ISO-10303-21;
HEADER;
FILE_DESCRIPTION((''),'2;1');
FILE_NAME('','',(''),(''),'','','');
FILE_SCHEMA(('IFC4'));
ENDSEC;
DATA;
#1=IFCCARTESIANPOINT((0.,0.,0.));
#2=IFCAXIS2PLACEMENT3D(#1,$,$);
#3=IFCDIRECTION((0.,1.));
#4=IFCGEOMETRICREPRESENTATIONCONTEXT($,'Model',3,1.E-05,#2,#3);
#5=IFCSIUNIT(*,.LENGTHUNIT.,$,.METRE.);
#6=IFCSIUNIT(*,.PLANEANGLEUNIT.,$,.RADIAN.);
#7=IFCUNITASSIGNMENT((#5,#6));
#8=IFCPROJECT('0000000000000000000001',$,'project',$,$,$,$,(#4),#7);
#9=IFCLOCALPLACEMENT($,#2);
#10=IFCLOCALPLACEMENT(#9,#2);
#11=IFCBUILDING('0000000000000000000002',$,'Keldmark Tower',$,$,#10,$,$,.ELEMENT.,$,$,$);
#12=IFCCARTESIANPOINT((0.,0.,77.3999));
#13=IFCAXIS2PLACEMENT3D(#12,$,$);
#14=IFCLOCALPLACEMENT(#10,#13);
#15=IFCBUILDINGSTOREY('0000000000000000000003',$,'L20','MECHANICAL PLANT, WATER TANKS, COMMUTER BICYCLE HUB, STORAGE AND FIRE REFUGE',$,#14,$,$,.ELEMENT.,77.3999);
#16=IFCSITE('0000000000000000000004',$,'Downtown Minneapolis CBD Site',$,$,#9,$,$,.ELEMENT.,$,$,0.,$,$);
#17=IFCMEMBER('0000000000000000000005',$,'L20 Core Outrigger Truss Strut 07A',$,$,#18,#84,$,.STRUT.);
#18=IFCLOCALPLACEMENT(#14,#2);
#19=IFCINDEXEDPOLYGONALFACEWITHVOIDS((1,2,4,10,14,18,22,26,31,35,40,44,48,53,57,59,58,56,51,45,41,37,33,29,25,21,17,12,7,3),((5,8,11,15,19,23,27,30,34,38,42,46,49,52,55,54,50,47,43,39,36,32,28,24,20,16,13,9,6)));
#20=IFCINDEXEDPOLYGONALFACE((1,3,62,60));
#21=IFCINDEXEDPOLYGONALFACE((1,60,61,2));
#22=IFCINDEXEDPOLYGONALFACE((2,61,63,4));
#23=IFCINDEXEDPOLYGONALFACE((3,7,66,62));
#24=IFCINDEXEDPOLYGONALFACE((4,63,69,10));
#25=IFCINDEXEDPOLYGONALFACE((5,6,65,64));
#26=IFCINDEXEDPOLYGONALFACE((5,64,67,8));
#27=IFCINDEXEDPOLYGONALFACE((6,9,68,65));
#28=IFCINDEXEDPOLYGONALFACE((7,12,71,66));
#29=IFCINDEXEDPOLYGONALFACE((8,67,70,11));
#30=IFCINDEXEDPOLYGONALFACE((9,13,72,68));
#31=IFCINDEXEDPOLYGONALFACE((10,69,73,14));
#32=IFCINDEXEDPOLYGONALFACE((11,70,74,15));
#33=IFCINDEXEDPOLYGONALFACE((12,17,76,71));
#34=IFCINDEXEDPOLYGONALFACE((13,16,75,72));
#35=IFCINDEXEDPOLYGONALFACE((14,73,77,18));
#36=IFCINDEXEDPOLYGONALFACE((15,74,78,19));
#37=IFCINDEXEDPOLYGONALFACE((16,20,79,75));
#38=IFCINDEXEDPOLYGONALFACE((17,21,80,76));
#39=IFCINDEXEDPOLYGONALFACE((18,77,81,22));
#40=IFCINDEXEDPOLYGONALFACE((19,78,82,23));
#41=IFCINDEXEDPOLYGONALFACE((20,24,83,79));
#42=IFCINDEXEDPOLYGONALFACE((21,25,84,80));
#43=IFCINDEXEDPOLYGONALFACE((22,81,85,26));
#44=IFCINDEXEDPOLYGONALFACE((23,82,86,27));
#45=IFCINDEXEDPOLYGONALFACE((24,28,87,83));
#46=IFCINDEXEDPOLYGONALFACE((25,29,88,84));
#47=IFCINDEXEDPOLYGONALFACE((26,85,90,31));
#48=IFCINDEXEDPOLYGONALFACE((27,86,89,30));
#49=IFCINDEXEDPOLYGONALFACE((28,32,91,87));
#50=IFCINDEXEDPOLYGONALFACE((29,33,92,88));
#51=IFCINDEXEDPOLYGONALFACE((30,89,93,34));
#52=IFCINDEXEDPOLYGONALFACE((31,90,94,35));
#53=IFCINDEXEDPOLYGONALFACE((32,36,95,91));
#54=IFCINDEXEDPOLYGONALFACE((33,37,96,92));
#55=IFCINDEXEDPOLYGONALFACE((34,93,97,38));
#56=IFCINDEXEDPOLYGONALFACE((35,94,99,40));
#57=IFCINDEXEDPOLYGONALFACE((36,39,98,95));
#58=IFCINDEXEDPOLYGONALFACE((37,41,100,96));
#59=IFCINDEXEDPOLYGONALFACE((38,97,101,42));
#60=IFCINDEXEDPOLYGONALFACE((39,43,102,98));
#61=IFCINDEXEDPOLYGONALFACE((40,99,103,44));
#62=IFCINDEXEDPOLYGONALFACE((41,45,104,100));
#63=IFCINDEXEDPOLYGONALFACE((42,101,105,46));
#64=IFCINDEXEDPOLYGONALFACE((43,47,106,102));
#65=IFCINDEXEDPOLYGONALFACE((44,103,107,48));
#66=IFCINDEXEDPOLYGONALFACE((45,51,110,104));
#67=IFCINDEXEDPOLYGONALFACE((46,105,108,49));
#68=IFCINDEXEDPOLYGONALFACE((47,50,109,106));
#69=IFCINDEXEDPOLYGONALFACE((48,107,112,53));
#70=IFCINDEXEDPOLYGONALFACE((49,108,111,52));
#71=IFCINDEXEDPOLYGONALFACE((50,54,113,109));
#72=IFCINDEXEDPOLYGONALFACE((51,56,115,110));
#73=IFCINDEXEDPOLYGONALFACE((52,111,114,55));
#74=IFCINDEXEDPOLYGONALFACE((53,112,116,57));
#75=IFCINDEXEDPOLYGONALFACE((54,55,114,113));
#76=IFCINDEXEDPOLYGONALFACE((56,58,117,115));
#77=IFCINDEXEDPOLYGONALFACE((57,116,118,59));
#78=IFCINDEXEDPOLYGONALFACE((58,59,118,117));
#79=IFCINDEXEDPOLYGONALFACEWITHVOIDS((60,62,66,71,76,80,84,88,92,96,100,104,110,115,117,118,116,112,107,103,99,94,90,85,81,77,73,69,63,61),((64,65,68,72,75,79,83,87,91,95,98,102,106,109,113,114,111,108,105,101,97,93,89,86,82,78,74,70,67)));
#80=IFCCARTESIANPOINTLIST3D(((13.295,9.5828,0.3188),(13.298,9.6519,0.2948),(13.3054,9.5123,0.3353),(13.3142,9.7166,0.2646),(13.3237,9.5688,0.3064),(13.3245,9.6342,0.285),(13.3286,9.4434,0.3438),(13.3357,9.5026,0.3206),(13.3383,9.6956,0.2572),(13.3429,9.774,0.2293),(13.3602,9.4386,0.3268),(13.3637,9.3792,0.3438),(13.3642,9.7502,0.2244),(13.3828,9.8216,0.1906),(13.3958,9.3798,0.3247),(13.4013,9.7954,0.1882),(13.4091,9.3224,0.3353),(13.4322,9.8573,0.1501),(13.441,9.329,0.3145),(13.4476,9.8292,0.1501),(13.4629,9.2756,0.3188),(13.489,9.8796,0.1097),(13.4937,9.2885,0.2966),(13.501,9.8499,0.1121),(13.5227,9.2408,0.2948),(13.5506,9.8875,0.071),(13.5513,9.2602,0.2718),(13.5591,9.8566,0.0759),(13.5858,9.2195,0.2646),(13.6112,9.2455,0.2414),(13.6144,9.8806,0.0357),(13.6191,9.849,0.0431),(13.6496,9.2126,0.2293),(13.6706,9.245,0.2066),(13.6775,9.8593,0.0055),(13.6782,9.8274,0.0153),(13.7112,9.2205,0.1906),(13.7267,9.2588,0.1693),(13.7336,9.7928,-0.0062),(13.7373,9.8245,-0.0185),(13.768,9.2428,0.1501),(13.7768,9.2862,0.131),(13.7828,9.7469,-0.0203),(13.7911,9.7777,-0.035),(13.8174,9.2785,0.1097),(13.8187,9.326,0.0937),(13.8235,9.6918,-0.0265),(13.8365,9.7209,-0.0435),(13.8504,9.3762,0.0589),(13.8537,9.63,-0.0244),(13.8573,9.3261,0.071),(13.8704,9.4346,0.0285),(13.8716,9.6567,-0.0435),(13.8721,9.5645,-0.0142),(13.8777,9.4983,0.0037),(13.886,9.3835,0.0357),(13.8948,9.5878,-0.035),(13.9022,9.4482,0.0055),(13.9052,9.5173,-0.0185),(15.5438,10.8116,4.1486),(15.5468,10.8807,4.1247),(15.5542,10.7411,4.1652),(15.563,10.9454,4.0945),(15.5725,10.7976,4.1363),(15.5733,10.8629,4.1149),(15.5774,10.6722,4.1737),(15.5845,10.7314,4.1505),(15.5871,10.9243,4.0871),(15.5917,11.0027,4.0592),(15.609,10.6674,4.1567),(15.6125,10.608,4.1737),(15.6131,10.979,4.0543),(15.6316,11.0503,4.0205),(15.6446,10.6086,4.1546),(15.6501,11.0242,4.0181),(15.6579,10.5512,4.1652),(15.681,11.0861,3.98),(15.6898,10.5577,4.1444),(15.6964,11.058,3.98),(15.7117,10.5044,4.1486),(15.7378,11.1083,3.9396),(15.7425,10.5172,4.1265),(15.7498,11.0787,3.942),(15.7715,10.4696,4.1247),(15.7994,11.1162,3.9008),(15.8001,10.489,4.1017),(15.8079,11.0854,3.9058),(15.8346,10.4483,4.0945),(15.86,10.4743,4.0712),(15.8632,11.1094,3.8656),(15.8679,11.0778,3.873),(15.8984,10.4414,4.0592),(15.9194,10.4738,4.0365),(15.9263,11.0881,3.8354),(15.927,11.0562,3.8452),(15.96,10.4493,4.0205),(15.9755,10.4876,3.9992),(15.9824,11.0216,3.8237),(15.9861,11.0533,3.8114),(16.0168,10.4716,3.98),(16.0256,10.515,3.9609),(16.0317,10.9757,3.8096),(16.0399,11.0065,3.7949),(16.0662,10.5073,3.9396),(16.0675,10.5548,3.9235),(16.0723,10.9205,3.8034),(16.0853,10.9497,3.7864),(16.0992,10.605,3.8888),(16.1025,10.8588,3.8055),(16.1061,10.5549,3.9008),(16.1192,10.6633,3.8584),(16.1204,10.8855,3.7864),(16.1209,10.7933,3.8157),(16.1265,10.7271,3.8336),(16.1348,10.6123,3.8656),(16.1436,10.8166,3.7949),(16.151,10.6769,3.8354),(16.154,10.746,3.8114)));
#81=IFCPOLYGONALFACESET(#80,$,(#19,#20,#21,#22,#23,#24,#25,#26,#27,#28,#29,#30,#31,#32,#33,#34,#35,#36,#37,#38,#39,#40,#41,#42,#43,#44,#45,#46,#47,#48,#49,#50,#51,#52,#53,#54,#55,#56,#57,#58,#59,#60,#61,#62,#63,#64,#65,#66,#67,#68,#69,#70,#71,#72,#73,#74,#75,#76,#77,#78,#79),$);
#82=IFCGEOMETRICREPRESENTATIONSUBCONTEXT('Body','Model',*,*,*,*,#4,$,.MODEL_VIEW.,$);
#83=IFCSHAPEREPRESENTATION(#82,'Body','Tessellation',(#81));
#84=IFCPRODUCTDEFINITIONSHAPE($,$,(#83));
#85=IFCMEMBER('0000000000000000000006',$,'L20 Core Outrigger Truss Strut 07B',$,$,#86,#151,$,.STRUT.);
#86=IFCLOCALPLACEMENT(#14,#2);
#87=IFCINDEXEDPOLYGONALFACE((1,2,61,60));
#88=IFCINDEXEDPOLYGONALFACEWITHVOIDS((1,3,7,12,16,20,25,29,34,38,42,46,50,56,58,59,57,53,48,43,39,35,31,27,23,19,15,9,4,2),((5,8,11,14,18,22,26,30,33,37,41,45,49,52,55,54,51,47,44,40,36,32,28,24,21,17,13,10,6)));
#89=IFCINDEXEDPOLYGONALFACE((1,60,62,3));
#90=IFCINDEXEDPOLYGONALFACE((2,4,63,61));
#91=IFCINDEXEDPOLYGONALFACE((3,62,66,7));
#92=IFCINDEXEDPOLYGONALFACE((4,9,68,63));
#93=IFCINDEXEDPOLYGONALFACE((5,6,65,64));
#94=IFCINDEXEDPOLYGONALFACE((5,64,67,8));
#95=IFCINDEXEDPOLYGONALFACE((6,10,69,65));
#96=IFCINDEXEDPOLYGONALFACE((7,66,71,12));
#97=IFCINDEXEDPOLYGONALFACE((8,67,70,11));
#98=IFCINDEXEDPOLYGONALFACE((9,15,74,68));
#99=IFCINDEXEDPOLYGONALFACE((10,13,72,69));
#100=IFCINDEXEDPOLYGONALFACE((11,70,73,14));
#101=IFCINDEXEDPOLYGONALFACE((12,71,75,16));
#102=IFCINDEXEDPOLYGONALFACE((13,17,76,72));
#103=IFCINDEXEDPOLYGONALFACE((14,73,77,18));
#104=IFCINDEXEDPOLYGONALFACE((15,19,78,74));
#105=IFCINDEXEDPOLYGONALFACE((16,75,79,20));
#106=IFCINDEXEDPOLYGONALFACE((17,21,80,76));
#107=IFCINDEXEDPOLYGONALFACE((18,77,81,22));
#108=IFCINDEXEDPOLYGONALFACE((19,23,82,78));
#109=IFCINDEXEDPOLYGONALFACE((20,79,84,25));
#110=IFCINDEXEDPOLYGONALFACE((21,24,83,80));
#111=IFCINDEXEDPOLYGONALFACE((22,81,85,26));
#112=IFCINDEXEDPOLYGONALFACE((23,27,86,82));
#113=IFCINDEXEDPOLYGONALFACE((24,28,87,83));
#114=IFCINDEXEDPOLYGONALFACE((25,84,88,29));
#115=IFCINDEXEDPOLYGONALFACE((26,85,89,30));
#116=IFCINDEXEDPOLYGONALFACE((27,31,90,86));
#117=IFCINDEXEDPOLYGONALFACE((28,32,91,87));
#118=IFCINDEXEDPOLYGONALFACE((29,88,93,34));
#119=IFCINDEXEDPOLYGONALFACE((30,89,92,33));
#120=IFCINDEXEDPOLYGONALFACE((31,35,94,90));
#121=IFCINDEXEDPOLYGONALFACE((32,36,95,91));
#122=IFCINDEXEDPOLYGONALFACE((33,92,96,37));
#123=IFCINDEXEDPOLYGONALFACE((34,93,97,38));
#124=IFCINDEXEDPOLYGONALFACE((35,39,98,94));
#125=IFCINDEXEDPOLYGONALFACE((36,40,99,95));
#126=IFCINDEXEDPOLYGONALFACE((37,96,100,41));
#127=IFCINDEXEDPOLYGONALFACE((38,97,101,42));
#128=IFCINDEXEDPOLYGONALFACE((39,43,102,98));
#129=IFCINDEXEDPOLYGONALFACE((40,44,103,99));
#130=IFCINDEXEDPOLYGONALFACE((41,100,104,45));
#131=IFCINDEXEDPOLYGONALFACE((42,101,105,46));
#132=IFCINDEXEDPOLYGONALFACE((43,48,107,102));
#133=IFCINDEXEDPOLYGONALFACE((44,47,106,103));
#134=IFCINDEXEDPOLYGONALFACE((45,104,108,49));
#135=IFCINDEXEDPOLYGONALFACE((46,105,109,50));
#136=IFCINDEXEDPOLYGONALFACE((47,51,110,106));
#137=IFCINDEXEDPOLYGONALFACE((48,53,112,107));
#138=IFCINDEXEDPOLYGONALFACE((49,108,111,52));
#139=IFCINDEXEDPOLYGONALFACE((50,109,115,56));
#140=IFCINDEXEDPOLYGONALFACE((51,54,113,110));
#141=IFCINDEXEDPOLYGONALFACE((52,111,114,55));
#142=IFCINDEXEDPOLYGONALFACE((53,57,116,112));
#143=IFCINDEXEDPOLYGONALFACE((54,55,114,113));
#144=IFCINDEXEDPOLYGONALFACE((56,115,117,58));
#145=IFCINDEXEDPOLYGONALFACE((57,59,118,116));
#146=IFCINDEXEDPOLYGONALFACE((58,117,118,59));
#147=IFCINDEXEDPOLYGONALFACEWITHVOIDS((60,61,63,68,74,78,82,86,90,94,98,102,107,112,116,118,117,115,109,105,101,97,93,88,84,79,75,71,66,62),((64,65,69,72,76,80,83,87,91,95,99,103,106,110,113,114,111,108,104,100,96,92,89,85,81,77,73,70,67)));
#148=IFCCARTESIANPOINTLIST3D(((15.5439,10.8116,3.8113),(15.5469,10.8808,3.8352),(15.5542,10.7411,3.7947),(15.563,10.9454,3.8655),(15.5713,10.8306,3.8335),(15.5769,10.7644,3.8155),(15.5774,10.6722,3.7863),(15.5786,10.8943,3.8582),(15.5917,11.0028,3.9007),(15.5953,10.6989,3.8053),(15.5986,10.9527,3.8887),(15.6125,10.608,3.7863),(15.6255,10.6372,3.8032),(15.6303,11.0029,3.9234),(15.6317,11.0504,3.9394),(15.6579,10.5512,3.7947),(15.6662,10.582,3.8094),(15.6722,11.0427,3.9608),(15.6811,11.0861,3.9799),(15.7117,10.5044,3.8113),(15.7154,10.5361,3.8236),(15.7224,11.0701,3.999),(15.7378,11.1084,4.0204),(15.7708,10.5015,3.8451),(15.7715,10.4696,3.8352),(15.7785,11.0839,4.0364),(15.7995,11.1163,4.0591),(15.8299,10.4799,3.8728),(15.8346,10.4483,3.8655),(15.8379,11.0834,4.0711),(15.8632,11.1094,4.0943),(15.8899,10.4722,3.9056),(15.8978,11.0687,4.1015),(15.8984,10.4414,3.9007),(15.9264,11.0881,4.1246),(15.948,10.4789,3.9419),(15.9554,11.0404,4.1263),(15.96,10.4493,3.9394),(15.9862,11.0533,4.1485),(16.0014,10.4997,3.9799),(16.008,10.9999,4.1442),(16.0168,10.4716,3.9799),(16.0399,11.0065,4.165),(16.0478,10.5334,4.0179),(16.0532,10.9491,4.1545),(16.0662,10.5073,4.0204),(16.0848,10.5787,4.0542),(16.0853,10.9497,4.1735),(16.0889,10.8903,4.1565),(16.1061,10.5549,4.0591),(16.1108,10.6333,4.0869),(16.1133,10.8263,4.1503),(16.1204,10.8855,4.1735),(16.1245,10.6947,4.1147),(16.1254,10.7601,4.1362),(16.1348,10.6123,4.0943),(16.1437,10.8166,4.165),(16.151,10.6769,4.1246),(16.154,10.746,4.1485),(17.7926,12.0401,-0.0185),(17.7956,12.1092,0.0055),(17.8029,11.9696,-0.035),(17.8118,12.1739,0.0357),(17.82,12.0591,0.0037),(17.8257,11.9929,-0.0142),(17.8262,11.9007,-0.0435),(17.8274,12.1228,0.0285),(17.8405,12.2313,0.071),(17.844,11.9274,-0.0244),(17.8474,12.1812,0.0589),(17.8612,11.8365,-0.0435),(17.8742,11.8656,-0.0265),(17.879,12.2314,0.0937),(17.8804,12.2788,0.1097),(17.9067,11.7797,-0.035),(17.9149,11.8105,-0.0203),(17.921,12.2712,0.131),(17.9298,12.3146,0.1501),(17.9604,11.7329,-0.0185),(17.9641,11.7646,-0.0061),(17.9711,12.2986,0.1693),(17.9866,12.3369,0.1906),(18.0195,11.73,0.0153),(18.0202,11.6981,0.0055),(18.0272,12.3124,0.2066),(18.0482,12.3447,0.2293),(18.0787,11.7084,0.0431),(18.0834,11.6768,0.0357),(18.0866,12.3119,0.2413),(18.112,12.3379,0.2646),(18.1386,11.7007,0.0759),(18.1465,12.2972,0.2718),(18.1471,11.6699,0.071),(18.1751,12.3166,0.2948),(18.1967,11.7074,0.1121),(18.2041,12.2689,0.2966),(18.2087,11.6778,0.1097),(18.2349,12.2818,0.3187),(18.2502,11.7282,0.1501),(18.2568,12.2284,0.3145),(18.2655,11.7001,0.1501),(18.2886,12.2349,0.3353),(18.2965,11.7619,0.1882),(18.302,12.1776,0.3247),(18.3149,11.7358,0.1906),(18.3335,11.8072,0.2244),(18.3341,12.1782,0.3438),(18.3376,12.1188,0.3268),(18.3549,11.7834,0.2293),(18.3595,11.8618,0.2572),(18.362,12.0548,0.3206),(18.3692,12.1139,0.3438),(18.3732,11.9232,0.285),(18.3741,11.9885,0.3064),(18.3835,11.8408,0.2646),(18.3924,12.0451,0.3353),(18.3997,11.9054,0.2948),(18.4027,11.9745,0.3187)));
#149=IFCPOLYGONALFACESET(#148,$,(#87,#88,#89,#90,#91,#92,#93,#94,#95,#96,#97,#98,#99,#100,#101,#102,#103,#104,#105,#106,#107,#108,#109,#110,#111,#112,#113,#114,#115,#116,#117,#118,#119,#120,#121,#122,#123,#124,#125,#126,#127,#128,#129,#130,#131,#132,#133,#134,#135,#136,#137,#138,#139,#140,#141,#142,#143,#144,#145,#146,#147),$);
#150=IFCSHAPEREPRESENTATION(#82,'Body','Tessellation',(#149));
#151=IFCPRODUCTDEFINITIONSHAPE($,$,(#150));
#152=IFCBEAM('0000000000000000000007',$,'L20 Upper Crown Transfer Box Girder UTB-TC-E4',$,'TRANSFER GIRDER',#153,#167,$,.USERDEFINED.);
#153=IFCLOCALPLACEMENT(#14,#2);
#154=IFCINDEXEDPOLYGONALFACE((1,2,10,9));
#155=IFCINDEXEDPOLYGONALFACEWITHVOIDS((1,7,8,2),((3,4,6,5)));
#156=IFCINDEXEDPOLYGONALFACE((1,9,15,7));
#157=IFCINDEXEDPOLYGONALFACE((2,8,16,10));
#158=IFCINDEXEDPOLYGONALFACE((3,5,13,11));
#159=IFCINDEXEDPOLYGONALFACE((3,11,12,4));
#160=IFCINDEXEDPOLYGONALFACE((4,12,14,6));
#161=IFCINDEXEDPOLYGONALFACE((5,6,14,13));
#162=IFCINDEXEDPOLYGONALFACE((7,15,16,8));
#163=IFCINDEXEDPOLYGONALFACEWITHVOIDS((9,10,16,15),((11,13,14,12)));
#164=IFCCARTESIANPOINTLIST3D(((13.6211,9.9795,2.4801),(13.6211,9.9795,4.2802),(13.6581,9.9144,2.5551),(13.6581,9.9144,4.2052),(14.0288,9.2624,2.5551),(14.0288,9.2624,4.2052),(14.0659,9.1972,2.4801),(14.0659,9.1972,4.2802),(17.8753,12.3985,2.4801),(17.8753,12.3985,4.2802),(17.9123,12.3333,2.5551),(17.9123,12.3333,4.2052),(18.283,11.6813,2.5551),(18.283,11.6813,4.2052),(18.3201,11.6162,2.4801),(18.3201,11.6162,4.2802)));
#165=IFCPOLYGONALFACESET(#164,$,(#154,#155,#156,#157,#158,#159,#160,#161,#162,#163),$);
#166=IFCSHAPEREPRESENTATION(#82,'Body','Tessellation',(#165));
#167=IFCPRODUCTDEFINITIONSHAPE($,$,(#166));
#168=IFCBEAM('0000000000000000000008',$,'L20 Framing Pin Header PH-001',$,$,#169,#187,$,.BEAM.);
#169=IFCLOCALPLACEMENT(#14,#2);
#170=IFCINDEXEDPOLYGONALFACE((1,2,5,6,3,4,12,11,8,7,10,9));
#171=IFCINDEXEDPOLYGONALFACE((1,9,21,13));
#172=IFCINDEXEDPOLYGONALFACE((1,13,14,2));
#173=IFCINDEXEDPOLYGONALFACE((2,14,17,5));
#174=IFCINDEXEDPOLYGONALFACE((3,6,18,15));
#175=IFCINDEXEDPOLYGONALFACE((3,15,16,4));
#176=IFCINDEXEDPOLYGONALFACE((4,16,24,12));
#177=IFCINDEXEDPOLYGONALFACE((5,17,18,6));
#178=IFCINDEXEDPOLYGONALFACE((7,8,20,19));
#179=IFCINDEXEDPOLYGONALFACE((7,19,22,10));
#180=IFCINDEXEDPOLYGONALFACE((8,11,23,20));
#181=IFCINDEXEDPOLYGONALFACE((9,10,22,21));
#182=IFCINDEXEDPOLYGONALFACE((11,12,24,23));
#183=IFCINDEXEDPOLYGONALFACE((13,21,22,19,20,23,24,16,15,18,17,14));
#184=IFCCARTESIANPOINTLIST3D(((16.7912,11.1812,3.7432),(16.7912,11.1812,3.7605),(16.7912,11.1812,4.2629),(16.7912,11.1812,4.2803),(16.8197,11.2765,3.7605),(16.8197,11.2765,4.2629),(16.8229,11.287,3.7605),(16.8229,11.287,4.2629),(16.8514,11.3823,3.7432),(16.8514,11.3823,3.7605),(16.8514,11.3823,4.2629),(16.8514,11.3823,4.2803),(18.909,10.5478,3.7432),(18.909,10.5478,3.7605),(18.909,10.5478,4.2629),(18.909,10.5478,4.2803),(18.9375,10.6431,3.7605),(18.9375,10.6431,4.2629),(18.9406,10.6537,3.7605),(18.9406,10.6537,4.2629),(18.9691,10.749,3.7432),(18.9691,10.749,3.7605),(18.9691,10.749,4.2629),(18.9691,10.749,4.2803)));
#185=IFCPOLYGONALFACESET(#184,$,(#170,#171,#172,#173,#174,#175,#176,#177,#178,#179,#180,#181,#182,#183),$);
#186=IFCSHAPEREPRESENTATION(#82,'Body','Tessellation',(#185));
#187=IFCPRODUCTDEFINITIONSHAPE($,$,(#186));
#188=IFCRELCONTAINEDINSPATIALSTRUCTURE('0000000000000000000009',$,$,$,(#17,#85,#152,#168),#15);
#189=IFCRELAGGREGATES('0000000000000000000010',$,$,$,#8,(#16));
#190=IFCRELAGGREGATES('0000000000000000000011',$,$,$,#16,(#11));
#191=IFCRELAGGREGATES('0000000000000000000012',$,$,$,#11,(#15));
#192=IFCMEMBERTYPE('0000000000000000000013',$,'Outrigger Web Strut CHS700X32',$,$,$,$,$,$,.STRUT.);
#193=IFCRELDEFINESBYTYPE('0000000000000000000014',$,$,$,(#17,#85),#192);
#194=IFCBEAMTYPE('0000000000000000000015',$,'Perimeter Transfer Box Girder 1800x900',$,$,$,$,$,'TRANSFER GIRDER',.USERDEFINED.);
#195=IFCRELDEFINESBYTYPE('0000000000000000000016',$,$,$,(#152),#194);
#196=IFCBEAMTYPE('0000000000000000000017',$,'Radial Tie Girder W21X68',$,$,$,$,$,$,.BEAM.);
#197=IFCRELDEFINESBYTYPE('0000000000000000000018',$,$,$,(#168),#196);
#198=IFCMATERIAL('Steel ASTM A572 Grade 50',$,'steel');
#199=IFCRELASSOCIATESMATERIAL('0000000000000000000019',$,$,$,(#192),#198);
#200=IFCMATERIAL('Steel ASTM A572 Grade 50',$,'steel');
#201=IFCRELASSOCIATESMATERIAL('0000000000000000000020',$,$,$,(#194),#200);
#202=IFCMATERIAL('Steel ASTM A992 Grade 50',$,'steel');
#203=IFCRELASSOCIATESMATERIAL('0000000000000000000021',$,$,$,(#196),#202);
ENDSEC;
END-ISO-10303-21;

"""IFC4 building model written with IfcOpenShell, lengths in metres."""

from ifc_helpers import new_model, si_unit, direction, frame, origin, origin_2d, place, context, subcontext, project, spatial, hollow_rectangle, hollow_circle, i_section, extrude, material, material_profile, profile_set, type_object, element, save


model = new_model("IFC4")

# Units and contexts
model_context = context("Model", 3, precision=1e-05, world=origin(), true_north=direction((0.0, 1.0)))
body_context = subcontext(model_context, "Body", "Model", "MODEL_VIEW")
ifc_project = project(units=[si_unit("LENGTHUNIT", "METRE"), si_unit("PLANEANGLEUNIT", "RADIAN")], contexts=[model_context])

# Site, building, storey
site_placement = place(None, origin())
site = spatial("IfcSite", under=ifc_project, at=site_placement, Name="Downtown Minneapolis CBD Site", CompositionType="ELEMENT", RefElevation=0.0)
building_placement = place(site_placement, origin())
building = spatial("IfcBuilding", under=site, at=building_placement, Name="Keldmark Tower", CompositionType="ELEMENT")
storey_placement = place(building_placement, frame((0.0, 0.0, 77.3999)))
storey = spatial("IfcBuildingStorey", under=building, at=storey_placement, Name="L20", Description="MECHANICAL PLANT, WATER TANKS, COMMUTER BICYCLE HUB, STORAGE AND FIRE REFUGE", CompositionType="ELEMENT", Elevation=77.3999)

# Members
ifc_material_1 = material(Name="Steel ASTM A572 Grade 50", Category="steel")
ifc_material_profile_1 = material_profile(ifc_material_1, hollow_circle(Radius=0.3501, WallThickness=0.032, at=origin_2d()), Name="CHS700X32")
ifc_profile_set_1 = profile_set([ifc_material_profile_1], Name="Steel ASTM A572 Grade 50")
member_type_1 = type_object("IfcMemberType", Name="Outrigger Web Strut CHS700X32", PredefinedType="STRUT", material=ifc_profile_set_1)
member_1_placement = place(storey_placement, frame((13.6001, 9.55, 0.1501), z_axis=(0.488007, 0.266653, 0.831111), x_axis=(-0.479499, 0.877542, 0.0)))
element("IfcMember", 1, at=member_1_placement, inside=storey, type_object=member_type_1, Name="L20 Core Outrigger Truss Strut 07A", PredefinedType="STRUT", context=body_context, shape_type="SweptSolid", body=[
    extrude(hollow_circle(Radius=0.3501, WallThickness=0.032, at=origin_2d()), origin(), (0.0, 0.0, 1.0), 4.6082),
])
member_2_placement = place(storey_placement, frame((18.0977, 12.0073, 0.1501), z_axis=(-0.488014, -0.266604, 0.831123), x_axis=(0.479426, -0.877582, 0.0)))
element("IfcMember", 2, at=member_2_placement, inside=storey, type_object=member_type_1, Name="L20 Core Outrigger Truss Strut 07B", PredefinedType="STRUT", context=body_context, shape_type="SweptSolid", body=[
    extrude(hollow_circle(Radius=0.3501, WallThickness=0.032, at=origin_2d()), origin(), (0.0, 0.0, 1.0), 4.6079),
])

# Beams
ifc_material_2 = material(Name="Steel ASTM A572 Grade 50", Category="steel")
ifc_material_profile_2 = material_profile(ifc_material_2, hollow_rectangle(XDim=0.8999, YDim=1.8, WallThickness=0.075, at=origin_2d()), Name="TBOX1800X900X75")
ifc_profile_set_2 = profile_set([ifc_material_profile_2], Name="Steel ASTM A572 Grade 50")
beam_type_1 = type_object("IfcBeamType", Name="Perimeter Transfer Box Girder 1800x900", ElementType="TRANSFER GIRDER", PredefinedType="USERDEFINED", material=ifc_profile_set_2)
beam_1_placement = place(storey_placement, frame((18.0977, 12.0073, 3.3801), z_axis=(-0.869297, -0.49429, 0.0), x_axis=(0.49429, -0.869297, 0.0)))
element("IfcBeam", 3, at=beam_1_placement, inside=storey, type_object=beam_type_1, Name="L20 Upper Crown Transfer Box Girder UTB-TC-E4", ObjectType="TRANSFER GIRDER", PredefinedType="USERDEFINED", context=body_context, shape_type="SweptSolid", body=[
    extrude(hollow_rectangle(XDim=0.8999, YDim=1.8, WallThickness=0.075, at=origin_2d()), origin(), (0.0, 0.0, 1.0), 4.8938),
])
ifc_material_3 = material(Name="Steel ASTM A992 Grade 50", Category="steel")
ifc_material_profile_3 = material_profile(ifc_material_3, i_section(OverallWidth=0.21, OverallDepth=0.5371, WebThickness=0.011, FlangeThickness=0.0173, at=origin_2d()), Name="W21X68")
ifc_profile_set_3 = profile_set([ifc_material_profile_3], Name="Steel ASTM A992 Grade 50")
beam_type_2 = type_object("IfcBeamType", Name="Radial Tie Girder W21X68", PredefinedType="BEAM", material=ifc_profile_set_3)
beam_2_placement = place(storey_placement, frame((16.8213, 11.2817, 4.0117), z_axis=(0.958075, -0.286517, 0.0), x_axis=(0.286517, 0.958075, 0.0)))
element("IfcBeam", 4, at=beam_2_placement, inside=storey, type_object=beam_type_2, Name="L20 Framing Pin Header PH-001", PredefinedType="BEAM", context=body_context, shape_type="SweptSolid", body=[
    extrude(i_section(OverallWidth=0.21, OverallDepth=0.5371, WebThickness=0.011, FlangeThickness=0.0173, at=origin_2d()), origin(), (0.0, 0.0, 1.0), 2.2104),
])

save(model, "model.ifc")
